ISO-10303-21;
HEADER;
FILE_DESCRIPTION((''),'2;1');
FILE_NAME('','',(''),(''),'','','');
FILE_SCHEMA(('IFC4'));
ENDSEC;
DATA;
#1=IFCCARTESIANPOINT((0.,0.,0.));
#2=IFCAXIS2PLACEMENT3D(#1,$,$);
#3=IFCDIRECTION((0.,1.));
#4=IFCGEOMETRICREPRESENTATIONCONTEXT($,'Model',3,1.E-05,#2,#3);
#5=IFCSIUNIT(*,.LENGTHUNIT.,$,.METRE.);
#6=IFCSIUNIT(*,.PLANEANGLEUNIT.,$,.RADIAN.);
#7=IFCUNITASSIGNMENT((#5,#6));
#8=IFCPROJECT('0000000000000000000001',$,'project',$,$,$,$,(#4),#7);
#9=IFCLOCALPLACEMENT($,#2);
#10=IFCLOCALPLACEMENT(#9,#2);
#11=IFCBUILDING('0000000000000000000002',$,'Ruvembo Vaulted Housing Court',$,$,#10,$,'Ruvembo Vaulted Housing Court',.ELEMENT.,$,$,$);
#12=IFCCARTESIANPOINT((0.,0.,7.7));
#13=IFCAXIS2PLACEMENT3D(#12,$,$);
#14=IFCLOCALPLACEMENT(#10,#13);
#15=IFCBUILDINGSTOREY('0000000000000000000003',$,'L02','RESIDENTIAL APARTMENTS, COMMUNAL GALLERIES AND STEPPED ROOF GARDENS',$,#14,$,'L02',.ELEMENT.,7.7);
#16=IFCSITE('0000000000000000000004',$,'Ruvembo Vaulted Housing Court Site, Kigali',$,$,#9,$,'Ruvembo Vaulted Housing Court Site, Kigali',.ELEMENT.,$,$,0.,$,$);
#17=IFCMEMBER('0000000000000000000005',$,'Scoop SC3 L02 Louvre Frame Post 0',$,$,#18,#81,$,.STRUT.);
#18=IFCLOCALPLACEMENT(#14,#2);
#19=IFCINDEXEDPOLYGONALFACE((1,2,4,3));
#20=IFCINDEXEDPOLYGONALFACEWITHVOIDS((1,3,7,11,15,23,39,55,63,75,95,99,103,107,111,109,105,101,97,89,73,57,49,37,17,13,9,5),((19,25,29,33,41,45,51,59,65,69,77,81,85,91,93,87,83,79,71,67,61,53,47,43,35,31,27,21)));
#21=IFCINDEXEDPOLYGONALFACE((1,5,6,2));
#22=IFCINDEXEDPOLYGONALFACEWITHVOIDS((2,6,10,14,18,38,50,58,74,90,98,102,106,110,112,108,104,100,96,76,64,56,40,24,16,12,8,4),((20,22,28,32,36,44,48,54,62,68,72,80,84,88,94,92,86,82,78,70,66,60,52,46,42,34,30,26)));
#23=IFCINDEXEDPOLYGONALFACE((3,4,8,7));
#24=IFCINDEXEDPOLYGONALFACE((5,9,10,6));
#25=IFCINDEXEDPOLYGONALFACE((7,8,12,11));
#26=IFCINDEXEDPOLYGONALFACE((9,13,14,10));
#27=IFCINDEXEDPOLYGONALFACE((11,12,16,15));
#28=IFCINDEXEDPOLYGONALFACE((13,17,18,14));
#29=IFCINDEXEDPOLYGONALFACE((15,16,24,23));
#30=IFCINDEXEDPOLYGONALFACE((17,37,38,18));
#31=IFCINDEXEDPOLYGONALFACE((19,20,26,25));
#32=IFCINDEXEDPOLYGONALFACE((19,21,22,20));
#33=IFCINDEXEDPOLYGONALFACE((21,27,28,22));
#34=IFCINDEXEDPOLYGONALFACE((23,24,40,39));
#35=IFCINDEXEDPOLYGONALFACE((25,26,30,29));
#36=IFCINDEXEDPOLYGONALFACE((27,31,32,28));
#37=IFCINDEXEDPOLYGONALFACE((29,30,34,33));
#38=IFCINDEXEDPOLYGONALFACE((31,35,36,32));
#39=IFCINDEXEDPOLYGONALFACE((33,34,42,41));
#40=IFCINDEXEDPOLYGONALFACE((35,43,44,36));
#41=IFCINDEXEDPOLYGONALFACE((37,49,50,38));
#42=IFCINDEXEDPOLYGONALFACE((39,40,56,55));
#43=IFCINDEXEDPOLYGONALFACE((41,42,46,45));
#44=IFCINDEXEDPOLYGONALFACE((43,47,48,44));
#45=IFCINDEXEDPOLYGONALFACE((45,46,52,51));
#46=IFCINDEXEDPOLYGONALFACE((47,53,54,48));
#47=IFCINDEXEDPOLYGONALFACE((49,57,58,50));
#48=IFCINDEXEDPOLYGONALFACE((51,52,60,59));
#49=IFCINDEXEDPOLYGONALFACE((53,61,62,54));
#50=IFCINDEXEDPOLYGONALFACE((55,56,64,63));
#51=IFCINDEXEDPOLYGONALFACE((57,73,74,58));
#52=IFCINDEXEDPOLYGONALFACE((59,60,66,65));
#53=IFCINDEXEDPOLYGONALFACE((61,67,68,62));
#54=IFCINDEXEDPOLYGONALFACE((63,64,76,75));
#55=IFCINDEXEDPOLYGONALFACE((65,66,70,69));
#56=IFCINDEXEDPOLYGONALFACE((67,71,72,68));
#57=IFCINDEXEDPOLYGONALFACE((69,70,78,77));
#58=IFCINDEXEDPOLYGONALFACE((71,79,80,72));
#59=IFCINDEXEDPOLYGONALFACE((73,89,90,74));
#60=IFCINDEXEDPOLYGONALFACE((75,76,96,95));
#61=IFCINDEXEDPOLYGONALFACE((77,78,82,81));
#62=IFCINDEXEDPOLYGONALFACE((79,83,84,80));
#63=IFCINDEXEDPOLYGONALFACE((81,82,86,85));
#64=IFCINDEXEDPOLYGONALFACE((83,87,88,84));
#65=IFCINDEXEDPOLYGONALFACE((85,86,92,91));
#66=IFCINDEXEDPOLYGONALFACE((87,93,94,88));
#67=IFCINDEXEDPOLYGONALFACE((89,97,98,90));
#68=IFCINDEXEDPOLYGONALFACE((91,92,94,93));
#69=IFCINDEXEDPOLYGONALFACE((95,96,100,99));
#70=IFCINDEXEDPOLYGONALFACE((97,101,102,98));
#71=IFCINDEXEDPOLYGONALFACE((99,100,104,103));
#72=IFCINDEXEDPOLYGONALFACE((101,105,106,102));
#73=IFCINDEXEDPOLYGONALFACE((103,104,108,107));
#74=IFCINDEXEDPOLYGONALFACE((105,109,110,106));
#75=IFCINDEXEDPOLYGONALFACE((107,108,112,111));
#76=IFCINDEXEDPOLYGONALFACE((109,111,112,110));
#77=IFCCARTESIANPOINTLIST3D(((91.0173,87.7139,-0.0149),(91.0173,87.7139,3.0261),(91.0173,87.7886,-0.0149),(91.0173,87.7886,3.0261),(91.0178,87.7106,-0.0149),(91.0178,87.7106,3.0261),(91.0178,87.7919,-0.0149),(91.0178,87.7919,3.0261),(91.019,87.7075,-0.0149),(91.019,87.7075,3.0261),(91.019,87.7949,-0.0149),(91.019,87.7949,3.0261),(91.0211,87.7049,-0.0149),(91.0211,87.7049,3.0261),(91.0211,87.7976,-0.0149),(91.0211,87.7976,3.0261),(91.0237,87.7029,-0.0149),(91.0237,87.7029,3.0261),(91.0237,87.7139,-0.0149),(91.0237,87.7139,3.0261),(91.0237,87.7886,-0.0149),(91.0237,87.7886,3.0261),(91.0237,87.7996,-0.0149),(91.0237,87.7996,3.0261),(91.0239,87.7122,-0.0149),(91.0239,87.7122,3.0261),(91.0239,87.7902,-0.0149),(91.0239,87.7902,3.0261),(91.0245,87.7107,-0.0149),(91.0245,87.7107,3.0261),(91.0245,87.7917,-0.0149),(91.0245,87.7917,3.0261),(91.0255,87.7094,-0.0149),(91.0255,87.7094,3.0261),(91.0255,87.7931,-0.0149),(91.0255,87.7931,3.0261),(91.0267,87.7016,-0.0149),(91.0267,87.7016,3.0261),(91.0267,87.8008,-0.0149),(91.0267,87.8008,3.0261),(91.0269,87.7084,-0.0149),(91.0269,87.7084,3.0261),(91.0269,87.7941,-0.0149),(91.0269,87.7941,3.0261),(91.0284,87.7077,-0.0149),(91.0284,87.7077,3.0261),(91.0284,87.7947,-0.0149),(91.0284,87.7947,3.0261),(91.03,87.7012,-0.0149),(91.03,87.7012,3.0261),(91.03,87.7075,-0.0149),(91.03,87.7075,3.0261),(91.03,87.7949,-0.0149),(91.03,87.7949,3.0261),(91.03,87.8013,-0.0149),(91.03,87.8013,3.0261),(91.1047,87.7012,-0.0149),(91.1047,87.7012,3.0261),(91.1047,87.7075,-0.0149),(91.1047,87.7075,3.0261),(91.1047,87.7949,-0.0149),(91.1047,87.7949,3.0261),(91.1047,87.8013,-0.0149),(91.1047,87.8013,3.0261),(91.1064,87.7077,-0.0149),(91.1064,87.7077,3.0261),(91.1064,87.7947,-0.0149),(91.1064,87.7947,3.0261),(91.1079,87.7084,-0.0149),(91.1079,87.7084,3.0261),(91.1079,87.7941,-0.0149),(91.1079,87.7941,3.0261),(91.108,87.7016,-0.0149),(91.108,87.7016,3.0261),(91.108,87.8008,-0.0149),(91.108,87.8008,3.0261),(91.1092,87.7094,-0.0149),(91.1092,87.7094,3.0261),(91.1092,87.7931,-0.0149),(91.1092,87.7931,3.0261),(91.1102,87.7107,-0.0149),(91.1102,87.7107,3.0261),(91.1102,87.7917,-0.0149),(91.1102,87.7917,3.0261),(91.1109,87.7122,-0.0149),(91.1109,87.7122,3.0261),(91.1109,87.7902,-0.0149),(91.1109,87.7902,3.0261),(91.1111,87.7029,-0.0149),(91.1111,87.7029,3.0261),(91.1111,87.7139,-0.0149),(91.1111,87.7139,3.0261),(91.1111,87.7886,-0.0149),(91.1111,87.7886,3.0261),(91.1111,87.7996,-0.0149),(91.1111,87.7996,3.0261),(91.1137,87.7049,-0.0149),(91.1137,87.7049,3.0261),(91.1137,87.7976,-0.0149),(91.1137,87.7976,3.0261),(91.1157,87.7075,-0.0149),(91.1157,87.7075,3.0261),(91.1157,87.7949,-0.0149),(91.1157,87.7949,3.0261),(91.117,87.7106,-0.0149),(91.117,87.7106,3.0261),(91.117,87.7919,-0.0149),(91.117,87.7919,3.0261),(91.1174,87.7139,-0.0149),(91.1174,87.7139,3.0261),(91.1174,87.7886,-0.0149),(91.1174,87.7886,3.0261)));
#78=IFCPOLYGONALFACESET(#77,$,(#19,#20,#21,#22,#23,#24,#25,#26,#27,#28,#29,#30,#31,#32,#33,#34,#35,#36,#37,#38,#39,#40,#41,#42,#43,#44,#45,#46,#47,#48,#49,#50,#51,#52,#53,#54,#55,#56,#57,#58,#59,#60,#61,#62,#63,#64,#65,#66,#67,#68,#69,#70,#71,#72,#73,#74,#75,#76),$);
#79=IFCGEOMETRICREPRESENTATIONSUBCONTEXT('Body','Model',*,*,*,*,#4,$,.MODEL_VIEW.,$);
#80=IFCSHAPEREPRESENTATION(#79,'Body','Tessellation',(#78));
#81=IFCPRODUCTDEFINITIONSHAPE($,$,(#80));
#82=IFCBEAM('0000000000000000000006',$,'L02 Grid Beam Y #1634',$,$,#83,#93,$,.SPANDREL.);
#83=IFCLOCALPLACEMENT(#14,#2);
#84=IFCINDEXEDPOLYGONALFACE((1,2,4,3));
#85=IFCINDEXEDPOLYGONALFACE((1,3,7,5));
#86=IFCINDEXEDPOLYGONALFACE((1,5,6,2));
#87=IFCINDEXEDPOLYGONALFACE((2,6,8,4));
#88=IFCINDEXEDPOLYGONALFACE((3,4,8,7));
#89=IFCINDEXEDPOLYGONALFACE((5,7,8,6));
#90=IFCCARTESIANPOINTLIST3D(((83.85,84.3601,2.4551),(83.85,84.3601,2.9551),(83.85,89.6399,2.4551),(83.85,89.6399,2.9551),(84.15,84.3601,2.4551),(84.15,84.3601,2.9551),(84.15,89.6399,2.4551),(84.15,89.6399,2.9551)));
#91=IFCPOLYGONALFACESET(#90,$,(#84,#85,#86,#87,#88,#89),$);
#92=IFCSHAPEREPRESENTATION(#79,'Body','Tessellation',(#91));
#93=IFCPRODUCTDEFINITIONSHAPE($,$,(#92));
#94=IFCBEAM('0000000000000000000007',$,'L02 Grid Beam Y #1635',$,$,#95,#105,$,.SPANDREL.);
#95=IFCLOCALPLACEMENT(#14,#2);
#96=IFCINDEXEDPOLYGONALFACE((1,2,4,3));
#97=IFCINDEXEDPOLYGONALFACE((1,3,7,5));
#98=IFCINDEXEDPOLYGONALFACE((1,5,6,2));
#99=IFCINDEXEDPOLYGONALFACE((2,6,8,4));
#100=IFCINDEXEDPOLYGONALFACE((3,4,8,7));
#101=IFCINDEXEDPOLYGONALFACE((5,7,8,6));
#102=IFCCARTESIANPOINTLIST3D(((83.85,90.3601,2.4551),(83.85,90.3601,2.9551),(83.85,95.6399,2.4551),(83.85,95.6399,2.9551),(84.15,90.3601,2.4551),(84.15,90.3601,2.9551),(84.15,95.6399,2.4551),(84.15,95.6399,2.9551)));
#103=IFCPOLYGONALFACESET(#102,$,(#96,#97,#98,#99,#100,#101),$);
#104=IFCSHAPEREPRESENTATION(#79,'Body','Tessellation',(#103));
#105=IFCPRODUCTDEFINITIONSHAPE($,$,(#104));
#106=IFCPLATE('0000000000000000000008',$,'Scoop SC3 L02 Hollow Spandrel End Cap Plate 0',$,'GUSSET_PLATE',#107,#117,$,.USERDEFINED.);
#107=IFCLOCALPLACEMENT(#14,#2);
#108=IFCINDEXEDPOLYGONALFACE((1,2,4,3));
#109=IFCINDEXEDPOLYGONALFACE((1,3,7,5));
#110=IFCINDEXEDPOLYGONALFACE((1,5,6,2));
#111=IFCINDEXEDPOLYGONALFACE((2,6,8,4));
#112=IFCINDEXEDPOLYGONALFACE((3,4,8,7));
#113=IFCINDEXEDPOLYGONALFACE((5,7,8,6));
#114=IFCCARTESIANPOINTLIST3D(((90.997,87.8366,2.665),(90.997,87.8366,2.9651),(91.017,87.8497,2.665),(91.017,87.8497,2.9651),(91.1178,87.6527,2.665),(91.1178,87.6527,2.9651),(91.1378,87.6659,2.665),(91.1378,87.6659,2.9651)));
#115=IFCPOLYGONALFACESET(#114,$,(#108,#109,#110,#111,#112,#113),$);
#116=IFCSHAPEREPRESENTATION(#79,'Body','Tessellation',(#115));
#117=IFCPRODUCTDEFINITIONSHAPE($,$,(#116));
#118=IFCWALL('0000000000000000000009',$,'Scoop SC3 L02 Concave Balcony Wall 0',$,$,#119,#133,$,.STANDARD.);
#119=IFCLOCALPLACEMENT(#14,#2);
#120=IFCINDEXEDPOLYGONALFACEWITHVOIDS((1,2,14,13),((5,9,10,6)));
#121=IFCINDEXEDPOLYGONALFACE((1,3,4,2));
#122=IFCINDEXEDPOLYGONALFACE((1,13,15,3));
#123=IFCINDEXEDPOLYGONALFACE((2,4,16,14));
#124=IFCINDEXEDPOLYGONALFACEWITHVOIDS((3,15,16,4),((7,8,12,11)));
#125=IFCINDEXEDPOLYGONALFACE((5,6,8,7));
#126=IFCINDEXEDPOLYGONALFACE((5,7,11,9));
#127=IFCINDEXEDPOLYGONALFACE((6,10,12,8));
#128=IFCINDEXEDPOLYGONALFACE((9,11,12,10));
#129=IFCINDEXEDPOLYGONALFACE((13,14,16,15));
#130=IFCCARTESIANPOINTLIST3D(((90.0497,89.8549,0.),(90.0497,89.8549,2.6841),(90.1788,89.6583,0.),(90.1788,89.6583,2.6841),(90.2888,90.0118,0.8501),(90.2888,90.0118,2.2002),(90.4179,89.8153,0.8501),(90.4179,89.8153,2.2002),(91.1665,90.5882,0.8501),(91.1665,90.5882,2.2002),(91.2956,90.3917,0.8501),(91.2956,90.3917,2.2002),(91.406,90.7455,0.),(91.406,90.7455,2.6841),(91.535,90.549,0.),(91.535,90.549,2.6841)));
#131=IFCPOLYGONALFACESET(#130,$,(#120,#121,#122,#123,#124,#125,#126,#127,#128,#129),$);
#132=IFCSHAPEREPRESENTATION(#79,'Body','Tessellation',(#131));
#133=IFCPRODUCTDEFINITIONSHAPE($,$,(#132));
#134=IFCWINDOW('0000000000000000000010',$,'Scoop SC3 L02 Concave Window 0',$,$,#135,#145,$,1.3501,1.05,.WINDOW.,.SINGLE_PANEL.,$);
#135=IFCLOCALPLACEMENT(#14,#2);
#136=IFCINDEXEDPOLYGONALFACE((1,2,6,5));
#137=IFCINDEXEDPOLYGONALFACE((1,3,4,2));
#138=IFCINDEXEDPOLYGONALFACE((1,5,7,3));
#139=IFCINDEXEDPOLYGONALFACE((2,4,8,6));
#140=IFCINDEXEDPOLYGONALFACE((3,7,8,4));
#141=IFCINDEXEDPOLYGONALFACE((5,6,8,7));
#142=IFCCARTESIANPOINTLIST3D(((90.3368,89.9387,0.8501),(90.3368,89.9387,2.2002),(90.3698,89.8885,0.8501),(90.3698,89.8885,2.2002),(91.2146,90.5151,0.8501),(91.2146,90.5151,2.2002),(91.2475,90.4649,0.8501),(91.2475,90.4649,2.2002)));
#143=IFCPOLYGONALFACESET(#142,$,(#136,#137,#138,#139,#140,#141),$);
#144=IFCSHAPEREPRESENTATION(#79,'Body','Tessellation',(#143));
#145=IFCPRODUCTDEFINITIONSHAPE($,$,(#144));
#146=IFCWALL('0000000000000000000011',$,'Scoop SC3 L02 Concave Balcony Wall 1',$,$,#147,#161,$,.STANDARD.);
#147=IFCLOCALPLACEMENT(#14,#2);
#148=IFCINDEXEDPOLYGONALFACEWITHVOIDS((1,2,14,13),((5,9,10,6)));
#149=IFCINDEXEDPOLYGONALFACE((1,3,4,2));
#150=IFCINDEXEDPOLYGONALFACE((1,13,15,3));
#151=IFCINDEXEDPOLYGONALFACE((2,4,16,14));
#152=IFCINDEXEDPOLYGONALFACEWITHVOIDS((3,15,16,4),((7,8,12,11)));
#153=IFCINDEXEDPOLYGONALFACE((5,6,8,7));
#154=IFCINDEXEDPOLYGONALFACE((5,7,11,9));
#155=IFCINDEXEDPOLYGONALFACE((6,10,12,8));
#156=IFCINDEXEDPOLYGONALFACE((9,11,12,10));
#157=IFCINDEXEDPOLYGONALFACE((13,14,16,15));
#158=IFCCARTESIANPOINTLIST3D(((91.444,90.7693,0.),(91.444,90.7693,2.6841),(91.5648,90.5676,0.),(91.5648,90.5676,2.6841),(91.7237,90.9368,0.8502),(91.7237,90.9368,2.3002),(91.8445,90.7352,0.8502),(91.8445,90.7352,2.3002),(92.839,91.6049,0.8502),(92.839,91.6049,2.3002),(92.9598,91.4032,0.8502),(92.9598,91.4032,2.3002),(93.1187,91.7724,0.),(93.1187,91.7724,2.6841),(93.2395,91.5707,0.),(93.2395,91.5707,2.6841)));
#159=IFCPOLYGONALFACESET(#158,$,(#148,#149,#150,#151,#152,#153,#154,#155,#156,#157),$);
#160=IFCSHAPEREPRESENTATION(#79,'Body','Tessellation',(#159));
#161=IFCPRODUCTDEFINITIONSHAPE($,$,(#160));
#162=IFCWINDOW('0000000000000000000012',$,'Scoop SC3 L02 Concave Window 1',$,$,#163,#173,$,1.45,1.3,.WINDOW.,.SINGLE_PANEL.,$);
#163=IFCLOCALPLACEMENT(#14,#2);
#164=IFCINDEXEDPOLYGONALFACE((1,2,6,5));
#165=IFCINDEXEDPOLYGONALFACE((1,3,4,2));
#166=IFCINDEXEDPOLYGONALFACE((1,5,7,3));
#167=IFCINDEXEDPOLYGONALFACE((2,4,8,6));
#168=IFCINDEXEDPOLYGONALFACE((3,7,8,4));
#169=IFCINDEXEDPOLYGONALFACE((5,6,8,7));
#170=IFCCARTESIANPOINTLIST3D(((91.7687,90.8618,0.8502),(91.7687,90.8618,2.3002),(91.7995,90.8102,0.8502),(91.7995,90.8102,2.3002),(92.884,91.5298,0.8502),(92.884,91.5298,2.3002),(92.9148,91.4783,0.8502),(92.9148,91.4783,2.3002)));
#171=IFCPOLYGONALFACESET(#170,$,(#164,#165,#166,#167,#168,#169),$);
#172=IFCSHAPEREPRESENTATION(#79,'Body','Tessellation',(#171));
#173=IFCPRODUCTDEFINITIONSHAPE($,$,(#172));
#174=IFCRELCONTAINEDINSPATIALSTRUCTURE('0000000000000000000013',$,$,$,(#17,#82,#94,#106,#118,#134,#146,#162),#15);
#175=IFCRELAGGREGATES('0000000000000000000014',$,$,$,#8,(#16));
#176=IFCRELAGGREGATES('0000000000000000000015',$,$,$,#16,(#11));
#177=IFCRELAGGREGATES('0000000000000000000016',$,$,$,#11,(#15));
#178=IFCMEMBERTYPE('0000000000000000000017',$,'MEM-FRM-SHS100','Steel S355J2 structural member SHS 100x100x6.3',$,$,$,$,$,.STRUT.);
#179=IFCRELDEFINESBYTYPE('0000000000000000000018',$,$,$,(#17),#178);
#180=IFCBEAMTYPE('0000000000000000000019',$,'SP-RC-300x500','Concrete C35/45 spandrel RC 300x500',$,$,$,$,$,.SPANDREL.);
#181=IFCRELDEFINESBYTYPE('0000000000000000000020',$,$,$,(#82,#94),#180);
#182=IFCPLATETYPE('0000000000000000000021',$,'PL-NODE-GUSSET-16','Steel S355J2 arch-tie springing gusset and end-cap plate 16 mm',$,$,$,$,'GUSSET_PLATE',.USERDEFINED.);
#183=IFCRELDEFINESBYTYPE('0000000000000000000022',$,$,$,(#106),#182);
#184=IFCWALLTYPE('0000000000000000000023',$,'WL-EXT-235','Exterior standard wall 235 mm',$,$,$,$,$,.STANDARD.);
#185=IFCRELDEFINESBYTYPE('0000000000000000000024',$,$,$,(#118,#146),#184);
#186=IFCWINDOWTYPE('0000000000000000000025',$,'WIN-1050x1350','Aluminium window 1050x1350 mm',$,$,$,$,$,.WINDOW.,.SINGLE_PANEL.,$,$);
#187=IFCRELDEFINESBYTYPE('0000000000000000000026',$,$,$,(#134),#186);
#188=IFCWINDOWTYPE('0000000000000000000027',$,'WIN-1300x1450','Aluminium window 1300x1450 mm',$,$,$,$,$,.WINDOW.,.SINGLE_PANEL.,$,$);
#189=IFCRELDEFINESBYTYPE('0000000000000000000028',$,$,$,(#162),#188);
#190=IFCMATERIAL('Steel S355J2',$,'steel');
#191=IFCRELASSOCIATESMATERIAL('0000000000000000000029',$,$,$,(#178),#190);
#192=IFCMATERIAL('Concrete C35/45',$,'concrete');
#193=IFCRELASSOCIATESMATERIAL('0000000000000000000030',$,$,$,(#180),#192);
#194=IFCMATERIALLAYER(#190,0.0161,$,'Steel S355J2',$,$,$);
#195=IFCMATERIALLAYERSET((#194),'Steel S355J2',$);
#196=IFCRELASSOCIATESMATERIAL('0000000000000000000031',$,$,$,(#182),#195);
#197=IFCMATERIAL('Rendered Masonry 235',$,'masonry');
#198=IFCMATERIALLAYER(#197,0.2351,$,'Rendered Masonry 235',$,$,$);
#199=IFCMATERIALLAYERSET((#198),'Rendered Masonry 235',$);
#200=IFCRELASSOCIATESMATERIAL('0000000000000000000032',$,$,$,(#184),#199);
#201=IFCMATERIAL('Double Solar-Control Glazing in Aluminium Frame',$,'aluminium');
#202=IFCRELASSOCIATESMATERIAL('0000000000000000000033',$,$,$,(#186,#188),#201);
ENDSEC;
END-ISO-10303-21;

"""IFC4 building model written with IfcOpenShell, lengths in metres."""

from ifc_helpers import new_model, si_unit, direction, frame, frame_2d, origin, origin_2d, place, context, subcontext, project, spatial, rectangle, hollow_rectangle, extrude, material, layer, layer_set, material_profile, profile_set, type_object, element, fill, save


model = new_model("IFC4")

# Units and contexts
model_context = context("Model", 3, precision=1e-05, world=origin(), true_north=direction((0.0, 1.0)))
body_context = subcontext(model_context, "Body", "Model", "MODEL_VIEW")
ifc_project = project(units=[si_unit("LENGTHUNIT", "METRE"), si_unit("PLANEANGLEUNIT", "RADIAN")], contexts=[model_context])

# Site, building, storey
site_placement = place(None, origin())
site = spatial("IfcSite", under=ifc_project, at=site_placement, Name="Ruvembo Vaulted Housing Court Site, Kigali", LongName="Ruvembo Vaulted Housing Court Site, Kigali", CompositionType="ELEMENT", RefElevation=0.0)
building_placement = place(site_placement, origin())
building = spatial("IfcBuilding", under=site, at=building_placement, Name="Ruvembo Vaulted Housing Court", LongName="Ruvembo Vaulted Housing Court", CompositionType="ELEMENT")
storey_placement = place(building_placement, frame((0.0, 0.0, 7.7)))
storey = spatial("IfcBuildingStorey", under=building, at=storey_placement, Name="L02", Description="RESIDENTIAL APARTMENTS, COMMUNAL GALLERIES AND STEPPED ROOF GARDENS", LongName="L02", CompositionType="ELEMENT", Elevation=7.7)

# Shared definitions
ifc_material_1 = material(Name="Steel S355J2", Category="steel")

# Member
ifc_material_profile_1 = material_profile(ifc_material_1, hollow_rectangle(XDim=0.1001, YDim=0.1001, WallThickness=0.0063, InnerFilletRadius=0.0063, OuterFilletRadius=0.0127, at=origin_2d()), Name="SHS 100x100x6.3")
ifc_profile_set_1 = profile_set([ifc_material_profile_1], Name="Steel S355J2")
member_type_1 = type_object("IfcMemberType", Name="MEM-FRM-SHS100", Description="Steel S355J2 structural member SHS 100x100x6.3", PredefinedType="STRUT", material=ifc_profile_set_1)
member_1_placement = place(storey_placement, frame((91.0674, 87.7512, -0.0149), z_axis=(0.0, 0.0, 1.0), x_axis=(1.0, 0.0, 0.0)))
element("IfcMember", 1, at=member_1_placement, inside=storey, type_object=member_type_1, Name="Scoop SC3 L02 Louvre Frame Post 0", PredefinedType="STRUT", context=body_context, shape_type="SweptSolid", body=[
    extrude(hollow_rectangle(XDim=0.1001, YDim=0.1001, WallThickness=0.0063, InnerFilletRadius=0.0063, OuterFilletRadius=0.0127, at=origin_2d()), origin(), (0.0, 0.0, 1.0), 3.041),
])

# Beams
ifc_material_2 = material(Name="Concrete C35/45", Category="concrete")
ifc_material_profile_2 = material_profile(ifc_material_2, rectangle(XDim=0.3, YDim=0.5, at=origin_2d()), Name="RC 300x500")
ifc_profile_set_2 = profile_set([ifc_material_profile_2], Name="Concrete C35/45")
beam_type_1 = type_object("IfcBeamType", Name="SP-RC-300x500", Description="Concrete C35/45 spandrel RC 300x500", PredefinedType="SPANDREL", material=ifc_profile_set_2)
for number, where, z_axis, x_axis, name in (
    (2, (84.0, 84.3601, 2.7051), (0.0, 1.0, 0.0), (-1.0, 0.0, 0.0), "L02 Grid Beam Y #1634"),
    (3, (84.0, 90.3601, 2.7051), (0.0, 1.0, 0.0), (-1.0, 0.0, 0.0), "L02 Grid Beam Y #1635"),
):
    element("IfcBeam", number, at=place(storey_placement, frame(where, z_axis=z_axis, x_axis=x_axis)), inside=storey, type_object=beam_type_1, Name=name, PredefinedType="SPANDREL", context=body_context, shape_type="SweptSolid", body=[
        extrude(rectangle(XDim=0.3, YDim=0.5, at=origin_2d()), origin(), (0.0, 0.0, 1.0), 5.2798),
    ])

# Plate
ifc_layer_1 = layer(ifc_material_1, 0.0161, Name="Steel S355J2")
ifc_layer_set_1 = layer_set([ifc_layer_1], Name="Steel S355J2")
plate_type = type_object("IfcPlateType", Name="PL-NODE-GUSSET-16", Description="Steel S355J2 arch-tie springing gusset and end-cap plate 16 mm", ElementType="GUSSET_PLATE", PredefinedType="USERDEFINED", material=ifc_layer_set_1)
plate_placement = place(storey_placement, frame((91.0674, 87.7512, 2.665), z_axis=(0.0, 0.0, 1.0), x_axis=(0.835846, 0.548964, 0.0)))
element("IfcPlate", 4, at=plate_placement, inside=storey, type_object=plate_type, Name="Scoop SC3 L02 Hollow Spandrel End Cap Plate 0", ObjectType="GUSSET_PLATE", PredefinedType="USERDEFINED", context=body_context, shape_type="SweptSolid", body=[
    extrude(rectangle(XDim=0.0239, YDim=0.22, at=origin_2d()), origin(), (0.0, 0.0, 1.0), 0.3),
])

# Walls, openings, windows
ifc_material_3 = material(Name="Rendered Masonry 235", Category="masonry")
ifc_layer_2 = layer(ifc_material_3, 0.2351, Name="Rendered Masonry 235")
ifc_layer_set_2 = layer_set([ifc_layer_2], Name="Rendered Masonry 235")
wall_type_1 = type_object("IfcWallType", Name="WL-EXT-235", Description="Exterior standard wall 235 mm", PredefinedType="STANDARD", material=ifc_layer_set_2)
wall_1_placement = place(storey_placement, frame((90.1143, 89.7566, 0.0), z_axis=(0.0, 0.0, 1.0), x_axis=(0.835873, 0.548923, 0.0)))
wall_1 = element("IfcWall", 5, at=wall_1_placement, inside=storey, type_object=wall_type_1, Name="Scoop SC3 L02 Concave Balcony Wall 0", PredefinedType="STANDARD", context=body_context, shape_type="SweptSolid", body=[
    extrude(rectangle(XDim=1.6226, YDim=0.2351, at=frame_2d((0.8113, 0.0))), origin(), (0.0, 0.0, 1.0), 2.6841),
])
opening_1_placement = place(wall_1_placement, frame((0.2861, 0.0, 0.8501)))
opening_1 = element("IfcOpeningElement", 6, at=opening_1_placement, cuts=wall_1, PredefinedType="OPENING", context=body_context, shape_type="SweptSolid", body=[
    extrude(rectangle(XDim=1.05, YDim=1.3501, at=frame_2d((0.5249, 0.675))), frame((0.0, 0.1274, 0.0), z_axis=(0.0, -1.0, 0.0), x_axis=(1.0, 0.0, 0.0)), (0.0, 0.0, 1.0), 0.2551),
])
ifc_material_4 = material(Name="Double Solar-Control Glazing in Aluminium Frame", Category="aluminium")
window_type_1 = type_object("IfcWindowType", Name="WIN-1050x1350", Description="Aluminium window 1050x1350 mm", PartitioningType="SINGLE_PANEL", PredefinedType="WINDOW", material=ifc_material_4)
window_1_placement = place(opening_1_placement, origin())
window_1 = element("IfcWindow", 7, at=window_1_placement, inside=storey, type_object=window_type_1, Name="Scoop SC3 L02 Concave Window 0", OverallHeight=1.3501, OverallWidth=1.05, PartitioningType="SINGLE_PANEL", PredefinedType="WINDOW", context=body_context, shape_type="SweptSolid", body=[
    extrude(rectangle(XDim=1.05, YDim=1.3501, at=frame_2d((0.5249, 0.675))), frame((0.0, 0.03, 0.0), z_axis=(0.0, -1.0, 0.0), x_axis=(1.0, 0.0, 0.0)), (0.0, 0.0, 1.0), 0.0601),
])
fill(opening_1, window_1)
wall_2_placement = place(storey_placement, frame((91.5044, 90.6685, 0.0), z_axis=(0.0, 0.0, 1.0), x_axis=(0.857879, 0.513852, 0.0)))
wall_2 = element("IfcWall", 8, at=wall_2_placement, inside=storey, type_object=wall_type_1, Name="Scoop SC3 L02 Concave Balcony Wall 1", PredefinedType="STANDARD", context=body_context, shape_type="SweptSolid", body=[
    extrude(rectangle(XDim=1.9521, YDim=0.2351, at=frame_2d((0.9761, 0.0))), origin(), (0.0, 0.0, 1.0), 2.6841),
])
opening_2_placement = place(wall_2_placement, frame((0.3262, 0.0, 0.8501)))
opening_2 = element("IfcOpeningElement", 9, at=opening_2_placement, cuts=wall_2, PredefinedType="OPENING", context=body_context, shape_type="SweptSolid", body=[
    extrude(rectangle(XDim=1.3, YDim=1.45, at=frame_2d((0.6499, 0.7251))), frame((0.0, 0.1274, 0.0), z_axis=(0.0, -1.0, 0.0), x_axis=(1.0, 0.0, 0.0)), (0.0, 0.0, 1.0), 0.2551),
])
window_type_2 = type_object("IfcWindowType", Name="WIN-1300x1450", Description="Aluminium window 1300x1450 mm", PartitioningType="SINGLE_PANEL", PredefinedType="WINDOW", material=ifc_material_4)
window_2_placement = place(opening_2_placement, origin())
window_2 = element("IfcWindow", 10, at=window_2_placement, inside=storey, type_object=window_type_2, Name="Scoop SC3 L02 Concave Window 1", OverallHeight=1.45, OverallWidth=1.3, PartitioningType="SINGLE_PANEL", PredefinedType="WINDOW", context=body_context, shape_type="SweptSolid", body=[
    extrude(rectangle(XDim=1.3, YDim=1.45, at=frame_2d((0.6499, 0.7251))), frame((0.0, 0.03, 0.0), z_axis=(0.0, -1.0, 0.0), x_axis=(1.0, 0.0, 0.0)), (0.0, 0.0, 1.0), 0.0601),
])
fill(opening_2, window_2)

save(model, "model.ifc")
